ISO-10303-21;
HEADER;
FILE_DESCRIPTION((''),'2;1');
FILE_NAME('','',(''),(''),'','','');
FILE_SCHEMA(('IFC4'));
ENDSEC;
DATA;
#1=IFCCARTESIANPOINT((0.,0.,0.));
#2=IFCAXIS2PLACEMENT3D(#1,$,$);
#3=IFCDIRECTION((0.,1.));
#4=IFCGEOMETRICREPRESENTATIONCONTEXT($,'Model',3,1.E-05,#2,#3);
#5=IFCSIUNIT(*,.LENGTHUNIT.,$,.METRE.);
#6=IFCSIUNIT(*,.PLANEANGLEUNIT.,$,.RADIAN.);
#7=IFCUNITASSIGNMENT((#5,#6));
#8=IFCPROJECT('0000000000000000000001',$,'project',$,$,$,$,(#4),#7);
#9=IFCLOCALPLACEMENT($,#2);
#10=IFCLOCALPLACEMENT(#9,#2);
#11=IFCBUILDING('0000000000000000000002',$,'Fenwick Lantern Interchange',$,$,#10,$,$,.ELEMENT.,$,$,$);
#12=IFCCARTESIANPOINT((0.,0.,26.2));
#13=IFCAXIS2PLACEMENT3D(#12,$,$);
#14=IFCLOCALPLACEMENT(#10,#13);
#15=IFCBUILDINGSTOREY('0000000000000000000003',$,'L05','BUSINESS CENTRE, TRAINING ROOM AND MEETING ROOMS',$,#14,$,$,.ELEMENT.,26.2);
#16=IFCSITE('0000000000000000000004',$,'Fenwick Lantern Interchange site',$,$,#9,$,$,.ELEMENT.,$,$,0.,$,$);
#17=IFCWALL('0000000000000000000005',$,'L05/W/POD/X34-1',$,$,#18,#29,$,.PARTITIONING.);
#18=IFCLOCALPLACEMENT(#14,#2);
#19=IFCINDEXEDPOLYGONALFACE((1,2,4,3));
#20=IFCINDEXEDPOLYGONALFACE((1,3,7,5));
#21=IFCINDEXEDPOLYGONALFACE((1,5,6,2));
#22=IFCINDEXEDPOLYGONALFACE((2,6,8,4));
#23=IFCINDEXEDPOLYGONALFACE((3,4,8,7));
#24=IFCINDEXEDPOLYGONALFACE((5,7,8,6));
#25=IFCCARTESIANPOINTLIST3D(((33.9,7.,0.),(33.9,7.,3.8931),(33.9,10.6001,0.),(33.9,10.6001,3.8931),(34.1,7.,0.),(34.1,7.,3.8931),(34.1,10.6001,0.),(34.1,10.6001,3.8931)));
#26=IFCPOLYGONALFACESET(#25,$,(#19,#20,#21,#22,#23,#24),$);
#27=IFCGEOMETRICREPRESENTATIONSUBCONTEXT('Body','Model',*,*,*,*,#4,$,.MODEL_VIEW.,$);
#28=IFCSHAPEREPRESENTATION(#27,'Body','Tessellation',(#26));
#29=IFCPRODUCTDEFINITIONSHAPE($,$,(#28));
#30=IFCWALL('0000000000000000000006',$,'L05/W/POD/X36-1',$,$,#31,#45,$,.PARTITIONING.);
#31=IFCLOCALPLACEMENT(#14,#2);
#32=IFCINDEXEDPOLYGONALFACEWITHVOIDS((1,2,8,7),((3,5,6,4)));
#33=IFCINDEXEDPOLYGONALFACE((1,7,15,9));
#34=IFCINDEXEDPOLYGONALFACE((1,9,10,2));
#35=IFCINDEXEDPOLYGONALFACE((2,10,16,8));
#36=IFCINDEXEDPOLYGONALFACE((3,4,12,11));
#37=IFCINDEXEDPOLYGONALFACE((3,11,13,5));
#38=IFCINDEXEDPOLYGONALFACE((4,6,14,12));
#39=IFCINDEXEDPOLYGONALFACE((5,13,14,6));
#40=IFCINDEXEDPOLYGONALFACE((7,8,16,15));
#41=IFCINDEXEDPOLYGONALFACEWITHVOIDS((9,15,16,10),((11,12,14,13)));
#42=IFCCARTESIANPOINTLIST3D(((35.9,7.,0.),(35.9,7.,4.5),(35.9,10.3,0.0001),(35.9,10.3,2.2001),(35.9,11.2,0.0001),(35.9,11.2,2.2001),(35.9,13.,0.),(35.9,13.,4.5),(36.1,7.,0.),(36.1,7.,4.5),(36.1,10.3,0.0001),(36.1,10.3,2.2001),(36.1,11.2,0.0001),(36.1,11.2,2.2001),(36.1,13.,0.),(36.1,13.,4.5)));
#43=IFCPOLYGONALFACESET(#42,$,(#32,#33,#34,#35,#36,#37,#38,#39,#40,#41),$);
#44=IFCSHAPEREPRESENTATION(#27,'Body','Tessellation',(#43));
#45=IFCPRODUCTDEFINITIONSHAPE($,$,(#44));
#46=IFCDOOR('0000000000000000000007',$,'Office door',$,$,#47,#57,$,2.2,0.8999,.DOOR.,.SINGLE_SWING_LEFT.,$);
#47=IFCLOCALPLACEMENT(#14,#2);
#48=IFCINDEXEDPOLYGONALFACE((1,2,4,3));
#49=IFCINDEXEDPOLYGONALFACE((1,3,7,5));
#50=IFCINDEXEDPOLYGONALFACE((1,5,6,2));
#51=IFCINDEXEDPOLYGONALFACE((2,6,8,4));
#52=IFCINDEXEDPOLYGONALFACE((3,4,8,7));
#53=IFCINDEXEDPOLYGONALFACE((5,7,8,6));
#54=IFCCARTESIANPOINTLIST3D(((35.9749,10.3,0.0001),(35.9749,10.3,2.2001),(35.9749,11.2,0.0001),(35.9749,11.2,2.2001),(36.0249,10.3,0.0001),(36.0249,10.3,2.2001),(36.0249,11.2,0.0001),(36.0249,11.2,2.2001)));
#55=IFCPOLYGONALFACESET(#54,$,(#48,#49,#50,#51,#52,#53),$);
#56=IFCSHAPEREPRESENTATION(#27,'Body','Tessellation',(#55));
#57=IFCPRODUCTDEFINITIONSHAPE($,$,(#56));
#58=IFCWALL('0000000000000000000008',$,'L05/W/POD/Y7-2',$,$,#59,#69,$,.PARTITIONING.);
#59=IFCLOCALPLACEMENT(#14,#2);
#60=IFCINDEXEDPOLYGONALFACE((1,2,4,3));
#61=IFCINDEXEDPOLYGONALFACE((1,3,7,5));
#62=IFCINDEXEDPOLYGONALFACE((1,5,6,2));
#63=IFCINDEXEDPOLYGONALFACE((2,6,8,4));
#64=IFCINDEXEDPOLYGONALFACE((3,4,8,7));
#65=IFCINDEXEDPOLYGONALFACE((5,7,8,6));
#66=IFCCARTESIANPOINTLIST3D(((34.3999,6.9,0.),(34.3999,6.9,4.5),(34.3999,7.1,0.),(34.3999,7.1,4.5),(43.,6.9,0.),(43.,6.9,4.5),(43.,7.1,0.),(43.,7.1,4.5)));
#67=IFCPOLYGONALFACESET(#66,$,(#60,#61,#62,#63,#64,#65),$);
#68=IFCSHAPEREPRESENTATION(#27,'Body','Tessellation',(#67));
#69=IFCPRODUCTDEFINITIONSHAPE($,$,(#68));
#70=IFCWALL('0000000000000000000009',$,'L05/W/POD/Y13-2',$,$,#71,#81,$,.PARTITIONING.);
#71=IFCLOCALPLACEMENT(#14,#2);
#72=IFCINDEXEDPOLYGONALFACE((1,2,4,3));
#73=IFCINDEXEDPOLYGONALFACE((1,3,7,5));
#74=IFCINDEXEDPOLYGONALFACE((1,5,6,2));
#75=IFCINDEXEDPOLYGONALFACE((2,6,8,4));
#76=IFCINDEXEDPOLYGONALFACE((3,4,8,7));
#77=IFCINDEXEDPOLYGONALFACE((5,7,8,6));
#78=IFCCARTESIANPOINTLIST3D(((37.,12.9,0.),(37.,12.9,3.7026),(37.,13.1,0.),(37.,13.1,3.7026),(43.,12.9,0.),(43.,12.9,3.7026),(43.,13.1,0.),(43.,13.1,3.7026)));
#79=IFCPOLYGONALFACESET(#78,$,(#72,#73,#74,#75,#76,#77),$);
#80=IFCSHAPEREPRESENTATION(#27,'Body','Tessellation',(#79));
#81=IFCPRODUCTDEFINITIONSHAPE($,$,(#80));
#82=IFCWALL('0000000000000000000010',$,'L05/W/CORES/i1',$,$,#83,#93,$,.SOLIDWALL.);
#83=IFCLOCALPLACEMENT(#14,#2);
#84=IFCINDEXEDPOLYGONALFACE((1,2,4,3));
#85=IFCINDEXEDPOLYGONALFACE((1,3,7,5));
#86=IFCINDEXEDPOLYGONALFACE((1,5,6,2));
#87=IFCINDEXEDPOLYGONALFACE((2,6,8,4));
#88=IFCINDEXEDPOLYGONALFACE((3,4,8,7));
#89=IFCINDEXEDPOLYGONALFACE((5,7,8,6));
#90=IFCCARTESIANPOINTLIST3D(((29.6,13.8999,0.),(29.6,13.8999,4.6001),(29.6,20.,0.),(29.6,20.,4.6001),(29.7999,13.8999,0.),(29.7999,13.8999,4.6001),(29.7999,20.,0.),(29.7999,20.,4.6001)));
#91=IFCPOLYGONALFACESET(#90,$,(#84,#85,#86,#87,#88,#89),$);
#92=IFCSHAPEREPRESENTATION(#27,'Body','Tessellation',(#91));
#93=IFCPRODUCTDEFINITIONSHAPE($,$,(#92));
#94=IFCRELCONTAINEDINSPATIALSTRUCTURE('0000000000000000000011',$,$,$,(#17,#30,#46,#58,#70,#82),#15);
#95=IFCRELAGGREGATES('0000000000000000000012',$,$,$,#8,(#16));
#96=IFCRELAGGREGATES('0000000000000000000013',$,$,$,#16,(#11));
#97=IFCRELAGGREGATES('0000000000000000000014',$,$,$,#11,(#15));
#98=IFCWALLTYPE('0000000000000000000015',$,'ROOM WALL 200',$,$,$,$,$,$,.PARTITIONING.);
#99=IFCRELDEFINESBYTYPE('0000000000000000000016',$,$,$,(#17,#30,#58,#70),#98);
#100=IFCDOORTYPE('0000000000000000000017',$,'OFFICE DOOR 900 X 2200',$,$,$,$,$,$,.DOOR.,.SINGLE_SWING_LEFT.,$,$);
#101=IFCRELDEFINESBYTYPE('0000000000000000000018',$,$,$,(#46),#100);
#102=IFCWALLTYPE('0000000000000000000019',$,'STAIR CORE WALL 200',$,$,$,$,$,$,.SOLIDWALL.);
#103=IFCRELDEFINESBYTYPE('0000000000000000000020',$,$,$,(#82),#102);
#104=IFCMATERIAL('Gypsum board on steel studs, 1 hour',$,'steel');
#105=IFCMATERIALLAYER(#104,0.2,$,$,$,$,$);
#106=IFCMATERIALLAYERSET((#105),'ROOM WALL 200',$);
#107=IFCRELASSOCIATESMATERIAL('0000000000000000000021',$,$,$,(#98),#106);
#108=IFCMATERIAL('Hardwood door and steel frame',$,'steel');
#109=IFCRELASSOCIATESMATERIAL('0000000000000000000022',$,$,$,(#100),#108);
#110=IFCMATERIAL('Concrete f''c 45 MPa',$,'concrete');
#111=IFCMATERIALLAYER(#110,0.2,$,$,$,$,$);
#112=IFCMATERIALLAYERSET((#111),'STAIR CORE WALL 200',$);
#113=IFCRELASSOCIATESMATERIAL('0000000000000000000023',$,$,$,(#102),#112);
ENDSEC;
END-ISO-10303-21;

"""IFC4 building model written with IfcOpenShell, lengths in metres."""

from ifc_helpers import new_model, si_unit, direction, frame, frame_2d, origin, place, context, subcontext, project, spatial, rectangle, extrude, material, layer, layer_set, type_object, element, fill, save


model = new_model("IFC4")

# Units and contexts
model_context = context("Model", 3, precision=1e-05, world=origin(), true_north=direction((0.0, 1.0)))
body_context = subcontext(model_context, "Body", "Model", "MODEL_VIEW")
ifc_project = project(units=[si_unit("LENGTHUNIT", "METRE"), si_unit("PLANEANGLEUNIT", "RADIAN")], contexts=[model_context])

# Site, building, storey
site_placement = place(None, origin())
site = spatial("IfcSite", under=ifc_project, at=site_placement, Name="Fenwick Lantern Interchange site", CompositionType="ELEMENT", RefElevation=0.0)
building_placement = place(site_placement, origin())
building = spatial("IfcBuilding", under=site, at=building_placement, Name="Fenwick Lantern Interchange", CompositionType="ELEMENT")
storey_placement = place(building_placement, frame((0.0, 0.0, 26.2)))
storey = spatial("IfcBuildingStorey", under=building, at=storey_placement, Name="L05", Description="BUSINESS CENTRE, TRAINING ROOM AND MEETING ROOMS", CompositionType="ELEMENT", Elevation=26.2)

# Shared definitions
ifc_material_1 = material(Name="Hardwood door and steel frame", Category="steel")

# Wall
ifc_material_2 = material(Name="Gypsum board on steel studs, 1 hour", Category="steel")
ifc_layer_1 = layer(ifc_material_2, 0.2)
ifc_layer_set_1 = layer_set([ifc_layer_1], Name="ROOM WALL 200")
wall_type_1 = type_object("IfcWallType", Name="ROOM WALL 200", PredefinedType="PARTITIONING", material=ifc_layer_set_1)
wall_1_placement = place(storey_placement, frame((34.0, 7.0, 0.0), z_axis=(0.0, 0.0, 1.0), x_axis=(0.0, 1.0, 0.0)))
element("IfcWall", 1, at=wall_1_placement, inside=storey, type_object=wall_type_1, Name="L05/W/POD/X34-1", PredefinedType="PARTITIONING", context=body_context, shape_type="SweptSolid", body=[
    extrude(rectangle(XDim=3.6001, YDim=0.2, at=frame_2d((1.8, 0.0))), origin(), (0.0, 0.0, 1.0), 3.8931),
])

# Wall, opening, door
wall_2_placement = place(storey_placement, frame((36.0, 7.0, 0.0), z_axis=(0.0, 0.0, 1.0), x_axis=(0.0, 1.0, 0.0)))
wall_2 = element("IfcWall", 2, at=wall_2_placement, inside=storey, type_object=wall_type_1, Name="L05/W/POD/X36-1", PredefinedType="PARTITIONING", context=body_context, shape_type="SweptSolid", body=[
    extrude(rectangle(XDim=6.0, YDim=0.2, at=frame_2d((3.0, 0.0))), origin(), (0.0, 0.0, 1.0), 4.5),
])
opening_1_placement = place(wall_2_placement, frame((3.3, 0.0, 0.0)))
opening_1 = element("IfcOpeningElement", 3, at=opening_1_placement, cuts=wall_2, PredefinedType="OPENING", context=body_context, shape_type="SweptSolid", body=[
    extrude(rectangle(XDim=0.8999, YDim=2.2, at=frame_2d((0.45, 1.1001))), frame((0.0, 0.1099, 0.0), z_axis=(0.0, -1.0, 0.0), x_axis=(1.0, 0.0, 0.0)), (0.0, 0.0, 1.0), 0.22),
])
door_type_1 = type_object("IfcDoorType", Name="OFFICE DOOR 900 X 2200", OperationType="SINGLE_SWING_LEFT", PredefinedType="DOOR", material=ifc_material_1)
door_1_placement = place(opening_1_placement, frame((0.8999, 0.0, 0.0), z_axis=(0.0, 0.0, 1.0), x_axis=(-1.0, 0.0, 0.0)))
door_1 = element("IfcDoor", 4, at=door_1_placement, inside=storey, type_object=door_type_1, Name="Office door", OperationType="SINGLE_SWING_LEFT", OverallHeight=2.2, OverallWidth=0.8999, PredefinedType="DOOR", context=body_context, shape_type="SweptSolid", body=[
    extrude(rectangle(XDim=0.8999, YDim=2.2, at=frame_2d((0.45, 1.1001))), frame((0.0, 0.0249, 0.0), z_axis=(0.0, -1.0, 0.0), x_axis=(1.0, 0.0, 0.0)), (0.0, 0.0, 1.0), 0.05),
])
fill(opening_1, door_1)

# Walls
wall_3_placement = place(storey_placement, frame((34.3999, 7.0, 0.0), z_axis=(0.0, 0.0, 1.0), x_axis=(1.0, 0.0, 0.0)))
element("IfcWall", 5, at=wall_3_placement, inside=storey, type_object=wall_type_1, Name="L05/W/POD/Y7-2", PredefinedType="PARTITIONING", context=body_context, shape_type="SweptSolid", body=[
    extrude(rectangle(XDim=8.6001, YDim=0.2, at=frame_2d((4.3, 0.0))), origin(), (0.0, 0.0, 1.0), 4.5),
])
wall_4_placement = place(storey_placement, frame((37.0, 13.0, 0.0), z_axis=(0.0, 0.0, 1.0), x_axis=(1.0, 0.0, 0.0)))
element("IfcWall", 6, at=wall_4_placement, inside=storey, type_object=wall_type_1, Name="L05/W/POD/Y13-2", PredefinedType="PARTITIONING", context=body_context, shape_type="SweptSolid", body=[
    extrude(rectangle(XDim=6.0, YDim=0.2, at=frame_2d((3.0, 0.0))), origin(), (0.0, 0.0, 1.0), 3.7026),
])
ifc_material_3 = material(Name="Concrete f'c 45 MPa", Category="concrete")
ifc_layer_2 = layer(ifc_material_3, 0.2)
ifc_layer_set_2 = layer_set([ifc_layer_2], Name="STAIR CORE WALL 200")
wall_type_2 = type_object("IfcWallType", Name="STAIR CORE WALL 200", PredefinedType="SOLIDWALL", material=ifc_layer_set_2)
wall_5_placement = place(storey_placement, frame((29.7, 13.8999, 0.0), z_axis=(0.0, 0.0, 1.0), x_axis=(0.0, 1.0, 0.0)))
element("IfcWall", 7, at=wall_5_placement, inside=storey, type_object=wall_type_2, Name="L05/W/CORES/i1", PredefinedType="SOLIDWALL", context=body_context, shape_type="SweptSolid", body=[
    extrude(rectangle(XDim=6.1001, YDim=0.2, at=frame_2d((3.05, 0.0))), origin(), (0.0, 0.0, 1.0), 4.6001),
])

save(model, "model.ifc")
